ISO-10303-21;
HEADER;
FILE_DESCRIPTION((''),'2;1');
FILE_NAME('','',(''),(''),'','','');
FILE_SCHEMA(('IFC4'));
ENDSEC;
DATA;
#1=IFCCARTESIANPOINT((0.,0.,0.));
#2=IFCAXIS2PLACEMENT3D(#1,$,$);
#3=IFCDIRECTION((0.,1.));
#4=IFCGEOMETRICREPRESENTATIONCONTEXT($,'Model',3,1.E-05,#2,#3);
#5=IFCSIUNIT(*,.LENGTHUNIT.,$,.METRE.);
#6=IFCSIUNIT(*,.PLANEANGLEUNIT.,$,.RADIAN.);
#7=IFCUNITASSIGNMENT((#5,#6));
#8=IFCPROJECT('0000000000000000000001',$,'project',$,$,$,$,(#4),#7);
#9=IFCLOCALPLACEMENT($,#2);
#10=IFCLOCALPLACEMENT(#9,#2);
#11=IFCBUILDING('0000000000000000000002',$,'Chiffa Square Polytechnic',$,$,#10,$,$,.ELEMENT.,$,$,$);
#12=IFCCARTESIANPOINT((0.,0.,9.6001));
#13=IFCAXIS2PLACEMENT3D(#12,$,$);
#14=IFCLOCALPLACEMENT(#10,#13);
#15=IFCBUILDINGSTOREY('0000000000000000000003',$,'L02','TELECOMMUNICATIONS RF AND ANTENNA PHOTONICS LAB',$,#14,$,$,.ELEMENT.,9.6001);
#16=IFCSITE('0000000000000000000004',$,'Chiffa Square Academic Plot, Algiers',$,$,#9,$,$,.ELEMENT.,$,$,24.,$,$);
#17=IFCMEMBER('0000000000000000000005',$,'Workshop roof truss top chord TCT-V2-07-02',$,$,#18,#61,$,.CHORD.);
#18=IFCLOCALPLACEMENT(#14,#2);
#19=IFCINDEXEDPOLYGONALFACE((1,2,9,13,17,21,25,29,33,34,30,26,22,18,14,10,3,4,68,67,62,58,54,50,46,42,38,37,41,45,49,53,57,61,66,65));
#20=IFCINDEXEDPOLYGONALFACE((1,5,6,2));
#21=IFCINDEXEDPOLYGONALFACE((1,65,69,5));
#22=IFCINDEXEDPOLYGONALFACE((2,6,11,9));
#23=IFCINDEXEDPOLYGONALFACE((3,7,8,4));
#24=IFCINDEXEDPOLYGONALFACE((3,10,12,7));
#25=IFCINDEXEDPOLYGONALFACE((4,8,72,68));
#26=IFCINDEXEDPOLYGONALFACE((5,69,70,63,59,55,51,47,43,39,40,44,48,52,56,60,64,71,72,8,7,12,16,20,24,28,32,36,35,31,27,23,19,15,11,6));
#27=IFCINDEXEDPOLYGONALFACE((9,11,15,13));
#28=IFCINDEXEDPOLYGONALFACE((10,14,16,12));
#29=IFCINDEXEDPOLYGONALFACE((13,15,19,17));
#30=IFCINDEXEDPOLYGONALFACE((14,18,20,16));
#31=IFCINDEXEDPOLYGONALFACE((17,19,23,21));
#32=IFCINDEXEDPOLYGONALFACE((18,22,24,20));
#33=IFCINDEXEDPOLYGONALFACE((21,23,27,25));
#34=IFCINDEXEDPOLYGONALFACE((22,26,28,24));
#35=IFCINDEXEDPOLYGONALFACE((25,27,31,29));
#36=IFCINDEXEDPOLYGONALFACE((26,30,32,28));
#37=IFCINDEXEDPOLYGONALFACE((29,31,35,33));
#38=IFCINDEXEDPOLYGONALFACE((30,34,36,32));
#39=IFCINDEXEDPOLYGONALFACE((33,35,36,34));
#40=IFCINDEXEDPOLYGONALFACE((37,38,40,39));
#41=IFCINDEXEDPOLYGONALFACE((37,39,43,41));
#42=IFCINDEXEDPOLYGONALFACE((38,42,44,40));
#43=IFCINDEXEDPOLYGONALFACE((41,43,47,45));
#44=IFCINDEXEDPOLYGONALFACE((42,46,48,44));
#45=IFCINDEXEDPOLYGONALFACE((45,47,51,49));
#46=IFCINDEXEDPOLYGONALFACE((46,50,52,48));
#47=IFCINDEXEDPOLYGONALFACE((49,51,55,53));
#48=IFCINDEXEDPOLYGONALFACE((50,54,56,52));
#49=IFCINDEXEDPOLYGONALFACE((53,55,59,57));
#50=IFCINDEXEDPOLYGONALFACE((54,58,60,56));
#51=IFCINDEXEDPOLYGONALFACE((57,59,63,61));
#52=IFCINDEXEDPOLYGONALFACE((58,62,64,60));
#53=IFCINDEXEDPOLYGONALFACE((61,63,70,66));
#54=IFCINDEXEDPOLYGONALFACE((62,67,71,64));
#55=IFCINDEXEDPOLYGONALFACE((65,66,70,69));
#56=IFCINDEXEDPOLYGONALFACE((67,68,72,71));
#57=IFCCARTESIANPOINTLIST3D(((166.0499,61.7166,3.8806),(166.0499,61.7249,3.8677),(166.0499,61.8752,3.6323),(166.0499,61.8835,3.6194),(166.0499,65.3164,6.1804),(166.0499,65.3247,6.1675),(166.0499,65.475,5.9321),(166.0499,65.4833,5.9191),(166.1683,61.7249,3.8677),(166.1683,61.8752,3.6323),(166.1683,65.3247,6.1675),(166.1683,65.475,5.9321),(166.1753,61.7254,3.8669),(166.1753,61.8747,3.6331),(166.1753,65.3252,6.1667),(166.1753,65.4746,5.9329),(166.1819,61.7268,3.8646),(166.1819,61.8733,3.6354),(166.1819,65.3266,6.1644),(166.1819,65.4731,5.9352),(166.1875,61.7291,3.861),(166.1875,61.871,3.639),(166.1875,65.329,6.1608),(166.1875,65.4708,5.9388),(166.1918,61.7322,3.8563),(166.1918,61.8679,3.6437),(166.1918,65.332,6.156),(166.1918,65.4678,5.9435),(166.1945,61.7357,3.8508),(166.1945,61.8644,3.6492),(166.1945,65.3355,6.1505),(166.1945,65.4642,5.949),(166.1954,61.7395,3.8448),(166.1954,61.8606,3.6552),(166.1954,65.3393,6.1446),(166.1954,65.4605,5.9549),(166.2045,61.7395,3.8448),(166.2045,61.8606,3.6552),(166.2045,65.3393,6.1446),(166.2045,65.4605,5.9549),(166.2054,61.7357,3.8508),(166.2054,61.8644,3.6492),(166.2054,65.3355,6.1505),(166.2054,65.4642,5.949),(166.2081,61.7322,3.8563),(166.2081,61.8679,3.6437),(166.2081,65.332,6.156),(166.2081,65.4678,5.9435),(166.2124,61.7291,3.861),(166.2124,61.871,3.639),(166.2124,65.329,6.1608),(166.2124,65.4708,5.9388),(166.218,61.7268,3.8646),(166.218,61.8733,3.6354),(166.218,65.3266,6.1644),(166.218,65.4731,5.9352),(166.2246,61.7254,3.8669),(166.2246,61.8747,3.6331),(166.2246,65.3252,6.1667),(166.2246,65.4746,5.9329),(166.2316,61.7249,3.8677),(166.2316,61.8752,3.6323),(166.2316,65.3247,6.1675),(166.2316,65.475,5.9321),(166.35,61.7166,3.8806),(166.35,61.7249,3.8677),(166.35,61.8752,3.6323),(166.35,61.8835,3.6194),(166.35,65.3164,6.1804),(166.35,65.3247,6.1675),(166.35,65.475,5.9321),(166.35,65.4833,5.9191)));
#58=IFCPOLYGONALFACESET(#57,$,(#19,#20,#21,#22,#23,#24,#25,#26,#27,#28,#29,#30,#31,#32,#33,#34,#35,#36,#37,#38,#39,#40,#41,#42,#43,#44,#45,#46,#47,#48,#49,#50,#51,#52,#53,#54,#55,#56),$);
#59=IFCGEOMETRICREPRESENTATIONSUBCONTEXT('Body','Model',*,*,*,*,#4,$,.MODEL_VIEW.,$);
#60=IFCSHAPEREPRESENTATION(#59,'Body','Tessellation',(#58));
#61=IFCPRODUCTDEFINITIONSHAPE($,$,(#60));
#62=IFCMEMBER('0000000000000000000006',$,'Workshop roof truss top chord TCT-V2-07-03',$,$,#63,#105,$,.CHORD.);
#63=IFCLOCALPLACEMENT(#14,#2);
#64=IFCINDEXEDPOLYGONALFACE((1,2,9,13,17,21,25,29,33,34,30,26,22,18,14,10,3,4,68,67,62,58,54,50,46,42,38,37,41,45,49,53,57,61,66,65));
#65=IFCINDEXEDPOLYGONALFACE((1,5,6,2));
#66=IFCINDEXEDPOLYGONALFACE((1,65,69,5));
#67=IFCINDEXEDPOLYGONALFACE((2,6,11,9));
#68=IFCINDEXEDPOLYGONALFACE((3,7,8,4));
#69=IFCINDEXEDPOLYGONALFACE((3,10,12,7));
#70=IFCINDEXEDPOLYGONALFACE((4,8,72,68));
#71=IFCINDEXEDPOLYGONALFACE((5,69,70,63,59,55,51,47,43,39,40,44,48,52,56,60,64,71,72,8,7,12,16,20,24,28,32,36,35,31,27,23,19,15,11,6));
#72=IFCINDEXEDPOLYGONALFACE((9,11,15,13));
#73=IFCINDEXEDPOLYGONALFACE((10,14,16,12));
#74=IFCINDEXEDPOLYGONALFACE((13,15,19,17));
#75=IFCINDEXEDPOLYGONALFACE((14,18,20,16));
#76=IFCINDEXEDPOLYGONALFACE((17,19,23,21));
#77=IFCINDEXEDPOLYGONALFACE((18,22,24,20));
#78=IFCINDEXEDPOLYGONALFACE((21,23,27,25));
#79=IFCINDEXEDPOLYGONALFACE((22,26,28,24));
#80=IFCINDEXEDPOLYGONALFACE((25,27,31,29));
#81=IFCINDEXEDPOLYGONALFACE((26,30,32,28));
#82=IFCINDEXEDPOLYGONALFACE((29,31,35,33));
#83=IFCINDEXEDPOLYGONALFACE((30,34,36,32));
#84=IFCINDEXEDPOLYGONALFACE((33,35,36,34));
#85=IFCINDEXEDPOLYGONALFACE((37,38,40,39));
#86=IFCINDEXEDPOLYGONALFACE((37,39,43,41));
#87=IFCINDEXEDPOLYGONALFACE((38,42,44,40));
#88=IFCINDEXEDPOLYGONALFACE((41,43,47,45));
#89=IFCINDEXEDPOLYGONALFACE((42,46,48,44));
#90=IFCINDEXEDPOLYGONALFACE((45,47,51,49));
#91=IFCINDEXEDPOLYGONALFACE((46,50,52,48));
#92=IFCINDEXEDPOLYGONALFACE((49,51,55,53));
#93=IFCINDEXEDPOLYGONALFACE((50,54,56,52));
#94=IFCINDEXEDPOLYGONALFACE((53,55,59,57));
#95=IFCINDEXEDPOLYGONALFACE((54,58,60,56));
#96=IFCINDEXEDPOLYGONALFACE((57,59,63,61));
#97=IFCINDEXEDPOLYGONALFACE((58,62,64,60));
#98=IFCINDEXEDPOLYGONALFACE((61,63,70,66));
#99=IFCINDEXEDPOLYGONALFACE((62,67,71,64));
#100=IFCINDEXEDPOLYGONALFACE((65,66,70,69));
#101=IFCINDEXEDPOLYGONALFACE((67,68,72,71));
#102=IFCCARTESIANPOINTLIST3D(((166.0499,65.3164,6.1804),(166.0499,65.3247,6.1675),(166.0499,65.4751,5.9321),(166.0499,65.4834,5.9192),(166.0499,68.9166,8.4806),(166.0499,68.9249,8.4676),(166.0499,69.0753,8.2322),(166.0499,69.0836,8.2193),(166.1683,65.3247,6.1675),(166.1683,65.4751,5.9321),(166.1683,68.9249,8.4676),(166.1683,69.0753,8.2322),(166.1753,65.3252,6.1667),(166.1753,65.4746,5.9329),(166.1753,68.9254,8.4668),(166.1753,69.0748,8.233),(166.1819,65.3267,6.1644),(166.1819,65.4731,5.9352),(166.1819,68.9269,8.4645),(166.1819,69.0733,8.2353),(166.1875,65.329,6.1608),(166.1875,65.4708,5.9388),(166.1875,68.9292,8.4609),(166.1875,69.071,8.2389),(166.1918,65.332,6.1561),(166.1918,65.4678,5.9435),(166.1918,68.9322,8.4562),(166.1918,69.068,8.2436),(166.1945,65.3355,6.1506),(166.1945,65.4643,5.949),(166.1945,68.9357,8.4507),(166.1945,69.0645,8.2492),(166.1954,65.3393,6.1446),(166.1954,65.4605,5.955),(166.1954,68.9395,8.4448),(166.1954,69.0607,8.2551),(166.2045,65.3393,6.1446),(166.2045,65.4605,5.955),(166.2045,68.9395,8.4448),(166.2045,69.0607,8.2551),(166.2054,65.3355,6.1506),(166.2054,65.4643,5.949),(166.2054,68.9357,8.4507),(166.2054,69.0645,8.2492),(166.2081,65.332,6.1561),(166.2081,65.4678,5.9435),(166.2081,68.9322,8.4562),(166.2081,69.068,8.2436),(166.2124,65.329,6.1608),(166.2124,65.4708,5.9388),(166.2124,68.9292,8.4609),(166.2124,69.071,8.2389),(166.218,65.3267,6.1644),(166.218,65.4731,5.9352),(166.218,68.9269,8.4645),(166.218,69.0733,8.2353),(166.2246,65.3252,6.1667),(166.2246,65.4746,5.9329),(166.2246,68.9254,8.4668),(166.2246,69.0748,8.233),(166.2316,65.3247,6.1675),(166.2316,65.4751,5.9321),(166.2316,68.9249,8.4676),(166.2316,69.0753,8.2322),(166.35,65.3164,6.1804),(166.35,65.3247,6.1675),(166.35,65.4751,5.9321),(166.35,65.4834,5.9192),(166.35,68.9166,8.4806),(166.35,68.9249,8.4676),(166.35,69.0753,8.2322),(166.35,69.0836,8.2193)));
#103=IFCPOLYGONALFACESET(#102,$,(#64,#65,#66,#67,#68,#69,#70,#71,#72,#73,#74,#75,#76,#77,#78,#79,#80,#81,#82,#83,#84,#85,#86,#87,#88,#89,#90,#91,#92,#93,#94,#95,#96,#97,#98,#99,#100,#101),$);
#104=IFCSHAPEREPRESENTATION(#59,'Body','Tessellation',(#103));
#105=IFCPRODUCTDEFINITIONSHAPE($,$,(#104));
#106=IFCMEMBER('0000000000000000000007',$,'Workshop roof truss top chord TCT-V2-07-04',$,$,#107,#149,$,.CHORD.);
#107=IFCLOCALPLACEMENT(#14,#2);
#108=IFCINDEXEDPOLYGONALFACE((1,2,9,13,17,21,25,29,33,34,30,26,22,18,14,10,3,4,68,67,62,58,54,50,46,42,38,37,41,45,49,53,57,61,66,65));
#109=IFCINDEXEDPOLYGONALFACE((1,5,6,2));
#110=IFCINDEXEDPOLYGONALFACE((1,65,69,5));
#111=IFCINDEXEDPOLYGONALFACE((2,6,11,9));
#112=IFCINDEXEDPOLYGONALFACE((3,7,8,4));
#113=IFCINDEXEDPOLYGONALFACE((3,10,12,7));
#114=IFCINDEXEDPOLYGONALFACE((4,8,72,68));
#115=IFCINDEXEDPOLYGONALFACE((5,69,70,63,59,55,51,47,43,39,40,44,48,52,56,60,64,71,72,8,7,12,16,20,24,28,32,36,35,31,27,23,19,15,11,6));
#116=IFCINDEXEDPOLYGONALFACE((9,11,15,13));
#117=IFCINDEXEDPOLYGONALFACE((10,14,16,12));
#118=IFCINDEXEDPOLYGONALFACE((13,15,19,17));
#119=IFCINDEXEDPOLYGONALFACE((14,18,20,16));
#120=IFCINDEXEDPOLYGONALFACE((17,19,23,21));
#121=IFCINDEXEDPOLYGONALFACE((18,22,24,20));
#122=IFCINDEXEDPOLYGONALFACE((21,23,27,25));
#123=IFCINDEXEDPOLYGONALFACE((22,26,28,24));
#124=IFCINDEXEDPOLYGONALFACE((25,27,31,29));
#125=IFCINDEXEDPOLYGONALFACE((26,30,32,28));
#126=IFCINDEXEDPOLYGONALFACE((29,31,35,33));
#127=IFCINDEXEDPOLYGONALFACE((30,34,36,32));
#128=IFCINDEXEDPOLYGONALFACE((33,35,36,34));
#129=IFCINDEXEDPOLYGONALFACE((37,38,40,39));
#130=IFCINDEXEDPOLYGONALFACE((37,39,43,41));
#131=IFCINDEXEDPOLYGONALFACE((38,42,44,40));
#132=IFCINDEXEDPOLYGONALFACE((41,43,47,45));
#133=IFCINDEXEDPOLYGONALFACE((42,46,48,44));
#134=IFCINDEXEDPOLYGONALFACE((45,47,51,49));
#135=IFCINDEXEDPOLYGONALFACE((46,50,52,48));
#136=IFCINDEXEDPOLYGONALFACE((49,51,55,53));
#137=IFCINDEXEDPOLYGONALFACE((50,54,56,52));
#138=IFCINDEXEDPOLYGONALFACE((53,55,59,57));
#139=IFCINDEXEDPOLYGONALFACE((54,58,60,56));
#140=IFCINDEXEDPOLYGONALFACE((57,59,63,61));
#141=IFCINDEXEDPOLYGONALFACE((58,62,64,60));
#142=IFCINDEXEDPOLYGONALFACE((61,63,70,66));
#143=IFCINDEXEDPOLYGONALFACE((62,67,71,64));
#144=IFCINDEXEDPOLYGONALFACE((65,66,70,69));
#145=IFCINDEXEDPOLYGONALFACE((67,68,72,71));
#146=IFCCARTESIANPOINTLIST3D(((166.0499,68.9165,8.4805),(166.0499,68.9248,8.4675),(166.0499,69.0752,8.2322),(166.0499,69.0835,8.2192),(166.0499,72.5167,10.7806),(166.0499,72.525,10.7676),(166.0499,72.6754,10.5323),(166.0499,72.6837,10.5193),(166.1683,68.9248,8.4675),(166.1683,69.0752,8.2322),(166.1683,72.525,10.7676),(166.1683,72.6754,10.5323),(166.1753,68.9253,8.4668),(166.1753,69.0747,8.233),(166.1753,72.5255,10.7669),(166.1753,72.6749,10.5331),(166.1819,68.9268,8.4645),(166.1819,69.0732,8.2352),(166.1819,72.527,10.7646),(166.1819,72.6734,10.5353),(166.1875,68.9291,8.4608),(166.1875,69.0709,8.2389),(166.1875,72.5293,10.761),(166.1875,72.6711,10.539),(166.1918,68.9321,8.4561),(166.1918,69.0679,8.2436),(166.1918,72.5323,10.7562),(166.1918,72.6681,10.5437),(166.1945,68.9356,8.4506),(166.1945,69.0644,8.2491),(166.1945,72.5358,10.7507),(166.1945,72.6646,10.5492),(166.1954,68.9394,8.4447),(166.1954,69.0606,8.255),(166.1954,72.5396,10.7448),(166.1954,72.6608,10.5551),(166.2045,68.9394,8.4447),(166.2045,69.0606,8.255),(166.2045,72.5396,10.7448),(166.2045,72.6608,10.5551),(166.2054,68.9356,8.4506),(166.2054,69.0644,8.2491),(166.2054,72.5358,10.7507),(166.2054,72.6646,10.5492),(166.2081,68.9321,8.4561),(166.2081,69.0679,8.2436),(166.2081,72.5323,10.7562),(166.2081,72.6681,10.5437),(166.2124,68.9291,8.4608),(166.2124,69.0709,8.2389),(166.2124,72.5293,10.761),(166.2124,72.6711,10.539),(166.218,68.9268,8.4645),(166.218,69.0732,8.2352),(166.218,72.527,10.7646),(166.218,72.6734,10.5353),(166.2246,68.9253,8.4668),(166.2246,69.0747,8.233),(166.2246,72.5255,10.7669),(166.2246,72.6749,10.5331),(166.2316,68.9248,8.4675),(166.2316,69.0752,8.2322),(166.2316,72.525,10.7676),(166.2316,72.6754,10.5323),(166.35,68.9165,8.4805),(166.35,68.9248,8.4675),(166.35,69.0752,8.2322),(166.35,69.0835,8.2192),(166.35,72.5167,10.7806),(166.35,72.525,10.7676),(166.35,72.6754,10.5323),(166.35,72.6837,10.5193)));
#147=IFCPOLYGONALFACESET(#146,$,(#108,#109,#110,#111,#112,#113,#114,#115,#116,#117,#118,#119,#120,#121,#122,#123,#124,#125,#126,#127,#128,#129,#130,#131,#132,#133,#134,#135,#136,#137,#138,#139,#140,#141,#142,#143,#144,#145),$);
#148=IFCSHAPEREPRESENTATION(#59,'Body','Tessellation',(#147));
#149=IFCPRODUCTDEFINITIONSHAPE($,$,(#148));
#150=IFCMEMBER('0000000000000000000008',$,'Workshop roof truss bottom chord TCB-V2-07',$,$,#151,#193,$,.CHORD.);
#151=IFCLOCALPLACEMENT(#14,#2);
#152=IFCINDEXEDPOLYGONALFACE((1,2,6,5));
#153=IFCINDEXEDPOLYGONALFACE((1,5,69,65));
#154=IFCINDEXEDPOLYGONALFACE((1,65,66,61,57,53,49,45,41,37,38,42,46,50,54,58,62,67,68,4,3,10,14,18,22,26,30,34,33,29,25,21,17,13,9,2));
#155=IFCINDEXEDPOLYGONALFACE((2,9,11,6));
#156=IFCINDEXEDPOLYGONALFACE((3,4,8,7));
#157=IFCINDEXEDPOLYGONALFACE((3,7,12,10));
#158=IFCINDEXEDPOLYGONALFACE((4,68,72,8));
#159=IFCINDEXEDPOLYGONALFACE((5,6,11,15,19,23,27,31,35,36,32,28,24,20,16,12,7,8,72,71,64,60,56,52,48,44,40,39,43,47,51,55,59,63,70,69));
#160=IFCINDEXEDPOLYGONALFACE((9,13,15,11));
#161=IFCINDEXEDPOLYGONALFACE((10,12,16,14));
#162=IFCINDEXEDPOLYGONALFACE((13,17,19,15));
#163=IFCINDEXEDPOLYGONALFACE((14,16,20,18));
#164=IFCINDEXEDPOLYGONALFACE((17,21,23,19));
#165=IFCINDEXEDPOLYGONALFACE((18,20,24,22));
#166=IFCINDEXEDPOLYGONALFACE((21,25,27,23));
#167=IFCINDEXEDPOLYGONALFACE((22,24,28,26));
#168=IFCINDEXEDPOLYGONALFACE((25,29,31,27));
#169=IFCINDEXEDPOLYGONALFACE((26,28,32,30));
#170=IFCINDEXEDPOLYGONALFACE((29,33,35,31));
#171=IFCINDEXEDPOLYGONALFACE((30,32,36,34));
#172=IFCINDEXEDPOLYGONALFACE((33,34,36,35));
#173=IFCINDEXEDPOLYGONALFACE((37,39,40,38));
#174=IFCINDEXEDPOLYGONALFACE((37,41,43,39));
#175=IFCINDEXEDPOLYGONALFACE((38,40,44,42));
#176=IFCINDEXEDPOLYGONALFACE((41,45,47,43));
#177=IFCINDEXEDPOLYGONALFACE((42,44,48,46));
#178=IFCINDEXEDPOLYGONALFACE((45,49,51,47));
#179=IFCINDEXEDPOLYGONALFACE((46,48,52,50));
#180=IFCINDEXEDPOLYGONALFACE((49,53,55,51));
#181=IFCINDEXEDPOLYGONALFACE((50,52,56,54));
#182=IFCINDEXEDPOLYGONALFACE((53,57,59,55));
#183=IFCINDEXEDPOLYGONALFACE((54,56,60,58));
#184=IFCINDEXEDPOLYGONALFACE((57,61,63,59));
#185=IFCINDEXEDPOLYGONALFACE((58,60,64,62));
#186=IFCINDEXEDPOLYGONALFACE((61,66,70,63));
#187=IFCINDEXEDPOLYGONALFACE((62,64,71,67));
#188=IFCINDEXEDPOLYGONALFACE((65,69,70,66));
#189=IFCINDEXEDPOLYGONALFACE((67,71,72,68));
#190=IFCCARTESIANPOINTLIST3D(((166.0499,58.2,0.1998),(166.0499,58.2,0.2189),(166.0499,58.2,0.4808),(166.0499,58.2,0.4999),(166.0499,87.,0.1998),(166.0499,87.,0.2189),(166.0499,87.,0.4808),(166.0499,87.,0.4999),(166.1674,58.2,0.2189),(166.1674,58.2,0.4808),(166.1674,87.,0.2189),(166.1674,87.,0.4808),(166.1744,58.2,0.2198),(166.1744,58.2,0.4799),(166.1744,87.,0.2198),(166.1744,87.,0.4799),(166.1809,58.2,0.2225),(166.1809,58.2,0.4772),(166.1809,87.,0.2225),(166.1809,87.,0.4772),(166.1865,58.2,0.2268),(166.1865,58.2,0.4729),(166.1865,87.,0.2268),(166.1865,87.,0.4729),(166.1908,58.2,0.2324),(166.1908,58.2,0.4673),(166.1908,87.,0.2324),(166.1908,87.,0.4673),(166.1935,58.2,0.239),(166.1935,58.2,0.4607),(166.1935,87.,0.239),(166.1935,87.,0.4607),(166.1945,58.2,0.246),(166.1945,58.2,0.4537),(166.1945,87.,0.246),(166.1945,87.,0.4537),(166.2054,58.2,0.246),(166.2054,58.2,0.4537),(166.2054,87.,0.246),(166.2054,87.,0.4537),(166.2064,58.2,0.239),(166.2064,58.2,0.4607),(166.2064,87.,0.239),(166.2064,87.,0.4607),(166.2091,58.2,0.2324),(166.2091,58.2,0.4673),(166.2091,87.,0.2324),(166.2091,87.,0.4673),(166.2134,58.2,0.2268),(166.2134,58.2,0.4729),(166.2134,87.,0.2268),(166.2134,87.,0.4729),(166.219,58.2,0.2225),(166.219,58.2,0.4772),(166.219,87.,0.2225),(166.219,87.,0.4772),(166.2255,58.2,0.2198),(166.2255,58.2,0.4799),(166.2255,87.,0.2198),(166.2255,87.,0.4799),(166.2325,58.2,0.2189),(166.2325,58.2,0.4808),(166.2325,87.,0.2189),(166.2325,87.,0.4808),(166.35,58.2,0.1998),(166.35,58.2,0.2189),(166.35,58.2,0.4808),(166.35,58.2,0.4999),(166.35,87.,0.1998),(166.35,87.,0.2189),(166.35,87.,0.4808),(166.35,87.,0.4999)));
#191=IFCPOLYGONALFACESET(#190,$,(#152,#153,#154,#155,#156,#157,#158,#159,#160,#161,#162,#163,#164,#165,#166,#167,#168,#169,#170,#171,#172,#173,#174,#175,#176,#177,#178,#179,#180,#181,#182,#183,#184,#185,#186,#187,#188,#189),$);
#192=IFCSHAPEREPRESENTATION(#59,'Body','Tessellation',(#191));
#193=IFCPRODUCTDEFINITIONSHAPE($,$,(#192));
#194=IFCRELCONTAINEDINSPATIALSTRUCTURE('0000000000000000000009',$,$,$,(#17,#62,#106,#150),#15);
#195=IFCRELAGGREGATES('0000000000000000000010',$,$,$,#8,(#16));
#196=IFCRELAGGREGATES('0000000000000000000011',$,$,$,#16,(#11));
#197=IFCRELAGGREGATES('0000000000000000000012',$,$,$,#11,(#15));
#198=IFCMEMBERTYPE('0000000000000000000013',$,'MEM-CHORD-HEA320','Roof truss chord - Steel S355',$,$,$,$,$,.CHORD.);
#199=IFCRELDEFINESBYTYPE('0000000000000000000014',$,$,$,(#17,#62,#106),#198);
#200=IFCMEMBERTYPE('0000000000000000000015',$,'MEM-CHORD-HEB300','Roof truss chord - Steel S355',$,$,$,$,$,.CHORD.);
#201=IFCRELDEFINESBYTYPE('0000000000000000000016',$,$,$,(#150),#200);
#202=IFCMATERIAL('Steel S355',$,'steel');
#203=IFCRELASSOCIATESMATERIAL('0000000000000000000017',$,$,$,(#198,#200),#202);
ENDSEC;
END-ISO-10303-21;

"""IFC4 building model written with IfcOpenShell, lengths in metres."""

from ifc_helpers import new_model, si_unit, direction, frame, origin, origin_2d, place, context, subcontext, project, spatial, i_section, extrude, material, material_profile, profile_set, type_object, element, save


model = new_model("IFC4")

# Units and contexts
model_context = context("Model", 3, precision=1e-05, world=origin(), true_north=direction((0.0, 1.0)))
body_context = subcontext(model_context, "Body", "Model", "MODEL_VIEW")
ifc_project = project(units=[si_unit("LENGTHUNIT", "METRE"), si_unit("PLANEANGLEUNIT", "RADIAN")], contexts=[model_context])

# Site, building, storey
site_placement = place(None, origin())
site = spatial("IfcSite", under=ifc_project, at=site_placement, Name="Chiffa Square Academic Plot, Algiers", CompositionType="ELEMENT", RefElevation=24.0)
building_placement = place(site_placement, origin())
building = spatial("IfcBuilding", under=site, at=building_placement, Name="Chiffa Square Polytechnic", CompositionType="ELEMENT")
storey_placement = place(building_placement, frame((0.0, 0.0, 9.6001)))
storey = spatial("IfcBuildingStorey", under=building, at=storey_placement, Name="L02", Description="TELECOMMUNICATIONS RF AND ANTENNA PHOTONICS LAB", CompositionType="ELEMENT", Elevation=9.6001)

# Shared definitions
ifc_material = material(Name="Steel S355", Category="steel")

# Members
ifc_material_profile_1 = material_profile(ifc_material, i_section(OverallWidth=0.3, OverallDepth=0.3101, WebThickness=0.009, FlangeThickness=0.0154, FilletRadius=0.0271, at=origin_2d()), Name="HEA 320")
ifc_profile_set_1 = profile_set([ifc_material_profile_1], Name="Steel S355")
member_type_1 = type_object("IfcMemberType", Name="MEM-CHORD-HEA320", Description="Roof truss chord - Steel S355", PredefinedType="CHORD", material=ifc_profile_set_1)
member_1_placement = place(storey_placement, frame((166.2, 61.8, 3.75), z_axis=(0.0, 0.842707, 0.538372), x_axis=(-1.0, 0.0, 0.0)))
element("IfcMember", 1, at=member_1_placement, inside=storey, type_object=member_type_1, Name="Workshop roof truss top chord TCT-V2-07-02", PredefinedType="CHORD", context=body_context, shape_type="SweptSolid", body=[
    extrude(i_section(OverallWidth=0.3, OverallDepth=0.3101, WebThickness=0.009, FlangeThickness=0.0154, FilletRadius=0.0271, at=origin_2d()), origin(), (0.0, 0.0, 1.0), 4.2717),
])
for number, where, z_axis, x_axis, name in (
    (2, (166.2, 65.3999, 6.0498), (0.0, 0.842698, 0.538387), (-1.0, 0.0, 0.0), "Workshop roof truss top chord TCT-V2-07-03"),
    (3, (166.2, 69.0, 8.3499), (0.0, 0.842698, 0.538387), (-1.0, 0.0, 0.0), "Workshop roof truss top chord TCT-V2-07-04"),
):
    element("IfcMember", number, at=place(storey_placement, frame(where, z_axis=z_axis, x_axis=x_axis)), inside=storey, type_object=member_type_1, Name=name, PredefinedType="CHORD", context=body_context, shape_type="SweptSolid", body=[
        extrude(i_section(OverallWidth=0.3, OverallDepth=0.3101, WebThickness=0.009, FlangeThickness=0.0154, FilletRadius=0.0271, at=origin_2d()), origin(), (0.0, 0.0, 1.0), 4.2722),
    ])
ifc_material_profile_2 = material_profile(ifc_material, i_section(OverallWidth=0.3, OverallDepth=0.3, WebThickness=0.011, FlangeThickness=0.019, FilletRadius=0.0271, at=origin_2d()), Name="HEB 300")
ifc_profile_set_2 = profile_set([ifc_material_profile_2], Name="Steel S355")
member_type_2 = type_object("IfcMemberType", Name="MEM-CHORD-HEB300", Description="Roof truss chord - Steel S355", PredefinedType="CHORD", material=ifc_profile_set_2)
member_2_placement = place(storey_placement, frame((166.2, 58.2, 0.3499), z_axis=(0.0, 1.0, 0.0), x_axis=(-1.0, 0.0, 0.0)))
element("IfcMember", 4, at=member_2_placement, inside=storey, type_object=member_type_2, Name="Workshop roof truss bottom chord TCB-V2-07", PredefinedType="CHORD", context=body_context, shape_type="SweptSolid", body=[
    extrude(i_section(OverallWidth=0.3, OverallDepth=0.3, WebThickness=0.011, FlangeThickness=0.019, FilletRadius=0.0271, at=origin_2d()), origin(), (0.0, 0.0, 1.0), 28.8),
])

save(model, "model.ifc")
